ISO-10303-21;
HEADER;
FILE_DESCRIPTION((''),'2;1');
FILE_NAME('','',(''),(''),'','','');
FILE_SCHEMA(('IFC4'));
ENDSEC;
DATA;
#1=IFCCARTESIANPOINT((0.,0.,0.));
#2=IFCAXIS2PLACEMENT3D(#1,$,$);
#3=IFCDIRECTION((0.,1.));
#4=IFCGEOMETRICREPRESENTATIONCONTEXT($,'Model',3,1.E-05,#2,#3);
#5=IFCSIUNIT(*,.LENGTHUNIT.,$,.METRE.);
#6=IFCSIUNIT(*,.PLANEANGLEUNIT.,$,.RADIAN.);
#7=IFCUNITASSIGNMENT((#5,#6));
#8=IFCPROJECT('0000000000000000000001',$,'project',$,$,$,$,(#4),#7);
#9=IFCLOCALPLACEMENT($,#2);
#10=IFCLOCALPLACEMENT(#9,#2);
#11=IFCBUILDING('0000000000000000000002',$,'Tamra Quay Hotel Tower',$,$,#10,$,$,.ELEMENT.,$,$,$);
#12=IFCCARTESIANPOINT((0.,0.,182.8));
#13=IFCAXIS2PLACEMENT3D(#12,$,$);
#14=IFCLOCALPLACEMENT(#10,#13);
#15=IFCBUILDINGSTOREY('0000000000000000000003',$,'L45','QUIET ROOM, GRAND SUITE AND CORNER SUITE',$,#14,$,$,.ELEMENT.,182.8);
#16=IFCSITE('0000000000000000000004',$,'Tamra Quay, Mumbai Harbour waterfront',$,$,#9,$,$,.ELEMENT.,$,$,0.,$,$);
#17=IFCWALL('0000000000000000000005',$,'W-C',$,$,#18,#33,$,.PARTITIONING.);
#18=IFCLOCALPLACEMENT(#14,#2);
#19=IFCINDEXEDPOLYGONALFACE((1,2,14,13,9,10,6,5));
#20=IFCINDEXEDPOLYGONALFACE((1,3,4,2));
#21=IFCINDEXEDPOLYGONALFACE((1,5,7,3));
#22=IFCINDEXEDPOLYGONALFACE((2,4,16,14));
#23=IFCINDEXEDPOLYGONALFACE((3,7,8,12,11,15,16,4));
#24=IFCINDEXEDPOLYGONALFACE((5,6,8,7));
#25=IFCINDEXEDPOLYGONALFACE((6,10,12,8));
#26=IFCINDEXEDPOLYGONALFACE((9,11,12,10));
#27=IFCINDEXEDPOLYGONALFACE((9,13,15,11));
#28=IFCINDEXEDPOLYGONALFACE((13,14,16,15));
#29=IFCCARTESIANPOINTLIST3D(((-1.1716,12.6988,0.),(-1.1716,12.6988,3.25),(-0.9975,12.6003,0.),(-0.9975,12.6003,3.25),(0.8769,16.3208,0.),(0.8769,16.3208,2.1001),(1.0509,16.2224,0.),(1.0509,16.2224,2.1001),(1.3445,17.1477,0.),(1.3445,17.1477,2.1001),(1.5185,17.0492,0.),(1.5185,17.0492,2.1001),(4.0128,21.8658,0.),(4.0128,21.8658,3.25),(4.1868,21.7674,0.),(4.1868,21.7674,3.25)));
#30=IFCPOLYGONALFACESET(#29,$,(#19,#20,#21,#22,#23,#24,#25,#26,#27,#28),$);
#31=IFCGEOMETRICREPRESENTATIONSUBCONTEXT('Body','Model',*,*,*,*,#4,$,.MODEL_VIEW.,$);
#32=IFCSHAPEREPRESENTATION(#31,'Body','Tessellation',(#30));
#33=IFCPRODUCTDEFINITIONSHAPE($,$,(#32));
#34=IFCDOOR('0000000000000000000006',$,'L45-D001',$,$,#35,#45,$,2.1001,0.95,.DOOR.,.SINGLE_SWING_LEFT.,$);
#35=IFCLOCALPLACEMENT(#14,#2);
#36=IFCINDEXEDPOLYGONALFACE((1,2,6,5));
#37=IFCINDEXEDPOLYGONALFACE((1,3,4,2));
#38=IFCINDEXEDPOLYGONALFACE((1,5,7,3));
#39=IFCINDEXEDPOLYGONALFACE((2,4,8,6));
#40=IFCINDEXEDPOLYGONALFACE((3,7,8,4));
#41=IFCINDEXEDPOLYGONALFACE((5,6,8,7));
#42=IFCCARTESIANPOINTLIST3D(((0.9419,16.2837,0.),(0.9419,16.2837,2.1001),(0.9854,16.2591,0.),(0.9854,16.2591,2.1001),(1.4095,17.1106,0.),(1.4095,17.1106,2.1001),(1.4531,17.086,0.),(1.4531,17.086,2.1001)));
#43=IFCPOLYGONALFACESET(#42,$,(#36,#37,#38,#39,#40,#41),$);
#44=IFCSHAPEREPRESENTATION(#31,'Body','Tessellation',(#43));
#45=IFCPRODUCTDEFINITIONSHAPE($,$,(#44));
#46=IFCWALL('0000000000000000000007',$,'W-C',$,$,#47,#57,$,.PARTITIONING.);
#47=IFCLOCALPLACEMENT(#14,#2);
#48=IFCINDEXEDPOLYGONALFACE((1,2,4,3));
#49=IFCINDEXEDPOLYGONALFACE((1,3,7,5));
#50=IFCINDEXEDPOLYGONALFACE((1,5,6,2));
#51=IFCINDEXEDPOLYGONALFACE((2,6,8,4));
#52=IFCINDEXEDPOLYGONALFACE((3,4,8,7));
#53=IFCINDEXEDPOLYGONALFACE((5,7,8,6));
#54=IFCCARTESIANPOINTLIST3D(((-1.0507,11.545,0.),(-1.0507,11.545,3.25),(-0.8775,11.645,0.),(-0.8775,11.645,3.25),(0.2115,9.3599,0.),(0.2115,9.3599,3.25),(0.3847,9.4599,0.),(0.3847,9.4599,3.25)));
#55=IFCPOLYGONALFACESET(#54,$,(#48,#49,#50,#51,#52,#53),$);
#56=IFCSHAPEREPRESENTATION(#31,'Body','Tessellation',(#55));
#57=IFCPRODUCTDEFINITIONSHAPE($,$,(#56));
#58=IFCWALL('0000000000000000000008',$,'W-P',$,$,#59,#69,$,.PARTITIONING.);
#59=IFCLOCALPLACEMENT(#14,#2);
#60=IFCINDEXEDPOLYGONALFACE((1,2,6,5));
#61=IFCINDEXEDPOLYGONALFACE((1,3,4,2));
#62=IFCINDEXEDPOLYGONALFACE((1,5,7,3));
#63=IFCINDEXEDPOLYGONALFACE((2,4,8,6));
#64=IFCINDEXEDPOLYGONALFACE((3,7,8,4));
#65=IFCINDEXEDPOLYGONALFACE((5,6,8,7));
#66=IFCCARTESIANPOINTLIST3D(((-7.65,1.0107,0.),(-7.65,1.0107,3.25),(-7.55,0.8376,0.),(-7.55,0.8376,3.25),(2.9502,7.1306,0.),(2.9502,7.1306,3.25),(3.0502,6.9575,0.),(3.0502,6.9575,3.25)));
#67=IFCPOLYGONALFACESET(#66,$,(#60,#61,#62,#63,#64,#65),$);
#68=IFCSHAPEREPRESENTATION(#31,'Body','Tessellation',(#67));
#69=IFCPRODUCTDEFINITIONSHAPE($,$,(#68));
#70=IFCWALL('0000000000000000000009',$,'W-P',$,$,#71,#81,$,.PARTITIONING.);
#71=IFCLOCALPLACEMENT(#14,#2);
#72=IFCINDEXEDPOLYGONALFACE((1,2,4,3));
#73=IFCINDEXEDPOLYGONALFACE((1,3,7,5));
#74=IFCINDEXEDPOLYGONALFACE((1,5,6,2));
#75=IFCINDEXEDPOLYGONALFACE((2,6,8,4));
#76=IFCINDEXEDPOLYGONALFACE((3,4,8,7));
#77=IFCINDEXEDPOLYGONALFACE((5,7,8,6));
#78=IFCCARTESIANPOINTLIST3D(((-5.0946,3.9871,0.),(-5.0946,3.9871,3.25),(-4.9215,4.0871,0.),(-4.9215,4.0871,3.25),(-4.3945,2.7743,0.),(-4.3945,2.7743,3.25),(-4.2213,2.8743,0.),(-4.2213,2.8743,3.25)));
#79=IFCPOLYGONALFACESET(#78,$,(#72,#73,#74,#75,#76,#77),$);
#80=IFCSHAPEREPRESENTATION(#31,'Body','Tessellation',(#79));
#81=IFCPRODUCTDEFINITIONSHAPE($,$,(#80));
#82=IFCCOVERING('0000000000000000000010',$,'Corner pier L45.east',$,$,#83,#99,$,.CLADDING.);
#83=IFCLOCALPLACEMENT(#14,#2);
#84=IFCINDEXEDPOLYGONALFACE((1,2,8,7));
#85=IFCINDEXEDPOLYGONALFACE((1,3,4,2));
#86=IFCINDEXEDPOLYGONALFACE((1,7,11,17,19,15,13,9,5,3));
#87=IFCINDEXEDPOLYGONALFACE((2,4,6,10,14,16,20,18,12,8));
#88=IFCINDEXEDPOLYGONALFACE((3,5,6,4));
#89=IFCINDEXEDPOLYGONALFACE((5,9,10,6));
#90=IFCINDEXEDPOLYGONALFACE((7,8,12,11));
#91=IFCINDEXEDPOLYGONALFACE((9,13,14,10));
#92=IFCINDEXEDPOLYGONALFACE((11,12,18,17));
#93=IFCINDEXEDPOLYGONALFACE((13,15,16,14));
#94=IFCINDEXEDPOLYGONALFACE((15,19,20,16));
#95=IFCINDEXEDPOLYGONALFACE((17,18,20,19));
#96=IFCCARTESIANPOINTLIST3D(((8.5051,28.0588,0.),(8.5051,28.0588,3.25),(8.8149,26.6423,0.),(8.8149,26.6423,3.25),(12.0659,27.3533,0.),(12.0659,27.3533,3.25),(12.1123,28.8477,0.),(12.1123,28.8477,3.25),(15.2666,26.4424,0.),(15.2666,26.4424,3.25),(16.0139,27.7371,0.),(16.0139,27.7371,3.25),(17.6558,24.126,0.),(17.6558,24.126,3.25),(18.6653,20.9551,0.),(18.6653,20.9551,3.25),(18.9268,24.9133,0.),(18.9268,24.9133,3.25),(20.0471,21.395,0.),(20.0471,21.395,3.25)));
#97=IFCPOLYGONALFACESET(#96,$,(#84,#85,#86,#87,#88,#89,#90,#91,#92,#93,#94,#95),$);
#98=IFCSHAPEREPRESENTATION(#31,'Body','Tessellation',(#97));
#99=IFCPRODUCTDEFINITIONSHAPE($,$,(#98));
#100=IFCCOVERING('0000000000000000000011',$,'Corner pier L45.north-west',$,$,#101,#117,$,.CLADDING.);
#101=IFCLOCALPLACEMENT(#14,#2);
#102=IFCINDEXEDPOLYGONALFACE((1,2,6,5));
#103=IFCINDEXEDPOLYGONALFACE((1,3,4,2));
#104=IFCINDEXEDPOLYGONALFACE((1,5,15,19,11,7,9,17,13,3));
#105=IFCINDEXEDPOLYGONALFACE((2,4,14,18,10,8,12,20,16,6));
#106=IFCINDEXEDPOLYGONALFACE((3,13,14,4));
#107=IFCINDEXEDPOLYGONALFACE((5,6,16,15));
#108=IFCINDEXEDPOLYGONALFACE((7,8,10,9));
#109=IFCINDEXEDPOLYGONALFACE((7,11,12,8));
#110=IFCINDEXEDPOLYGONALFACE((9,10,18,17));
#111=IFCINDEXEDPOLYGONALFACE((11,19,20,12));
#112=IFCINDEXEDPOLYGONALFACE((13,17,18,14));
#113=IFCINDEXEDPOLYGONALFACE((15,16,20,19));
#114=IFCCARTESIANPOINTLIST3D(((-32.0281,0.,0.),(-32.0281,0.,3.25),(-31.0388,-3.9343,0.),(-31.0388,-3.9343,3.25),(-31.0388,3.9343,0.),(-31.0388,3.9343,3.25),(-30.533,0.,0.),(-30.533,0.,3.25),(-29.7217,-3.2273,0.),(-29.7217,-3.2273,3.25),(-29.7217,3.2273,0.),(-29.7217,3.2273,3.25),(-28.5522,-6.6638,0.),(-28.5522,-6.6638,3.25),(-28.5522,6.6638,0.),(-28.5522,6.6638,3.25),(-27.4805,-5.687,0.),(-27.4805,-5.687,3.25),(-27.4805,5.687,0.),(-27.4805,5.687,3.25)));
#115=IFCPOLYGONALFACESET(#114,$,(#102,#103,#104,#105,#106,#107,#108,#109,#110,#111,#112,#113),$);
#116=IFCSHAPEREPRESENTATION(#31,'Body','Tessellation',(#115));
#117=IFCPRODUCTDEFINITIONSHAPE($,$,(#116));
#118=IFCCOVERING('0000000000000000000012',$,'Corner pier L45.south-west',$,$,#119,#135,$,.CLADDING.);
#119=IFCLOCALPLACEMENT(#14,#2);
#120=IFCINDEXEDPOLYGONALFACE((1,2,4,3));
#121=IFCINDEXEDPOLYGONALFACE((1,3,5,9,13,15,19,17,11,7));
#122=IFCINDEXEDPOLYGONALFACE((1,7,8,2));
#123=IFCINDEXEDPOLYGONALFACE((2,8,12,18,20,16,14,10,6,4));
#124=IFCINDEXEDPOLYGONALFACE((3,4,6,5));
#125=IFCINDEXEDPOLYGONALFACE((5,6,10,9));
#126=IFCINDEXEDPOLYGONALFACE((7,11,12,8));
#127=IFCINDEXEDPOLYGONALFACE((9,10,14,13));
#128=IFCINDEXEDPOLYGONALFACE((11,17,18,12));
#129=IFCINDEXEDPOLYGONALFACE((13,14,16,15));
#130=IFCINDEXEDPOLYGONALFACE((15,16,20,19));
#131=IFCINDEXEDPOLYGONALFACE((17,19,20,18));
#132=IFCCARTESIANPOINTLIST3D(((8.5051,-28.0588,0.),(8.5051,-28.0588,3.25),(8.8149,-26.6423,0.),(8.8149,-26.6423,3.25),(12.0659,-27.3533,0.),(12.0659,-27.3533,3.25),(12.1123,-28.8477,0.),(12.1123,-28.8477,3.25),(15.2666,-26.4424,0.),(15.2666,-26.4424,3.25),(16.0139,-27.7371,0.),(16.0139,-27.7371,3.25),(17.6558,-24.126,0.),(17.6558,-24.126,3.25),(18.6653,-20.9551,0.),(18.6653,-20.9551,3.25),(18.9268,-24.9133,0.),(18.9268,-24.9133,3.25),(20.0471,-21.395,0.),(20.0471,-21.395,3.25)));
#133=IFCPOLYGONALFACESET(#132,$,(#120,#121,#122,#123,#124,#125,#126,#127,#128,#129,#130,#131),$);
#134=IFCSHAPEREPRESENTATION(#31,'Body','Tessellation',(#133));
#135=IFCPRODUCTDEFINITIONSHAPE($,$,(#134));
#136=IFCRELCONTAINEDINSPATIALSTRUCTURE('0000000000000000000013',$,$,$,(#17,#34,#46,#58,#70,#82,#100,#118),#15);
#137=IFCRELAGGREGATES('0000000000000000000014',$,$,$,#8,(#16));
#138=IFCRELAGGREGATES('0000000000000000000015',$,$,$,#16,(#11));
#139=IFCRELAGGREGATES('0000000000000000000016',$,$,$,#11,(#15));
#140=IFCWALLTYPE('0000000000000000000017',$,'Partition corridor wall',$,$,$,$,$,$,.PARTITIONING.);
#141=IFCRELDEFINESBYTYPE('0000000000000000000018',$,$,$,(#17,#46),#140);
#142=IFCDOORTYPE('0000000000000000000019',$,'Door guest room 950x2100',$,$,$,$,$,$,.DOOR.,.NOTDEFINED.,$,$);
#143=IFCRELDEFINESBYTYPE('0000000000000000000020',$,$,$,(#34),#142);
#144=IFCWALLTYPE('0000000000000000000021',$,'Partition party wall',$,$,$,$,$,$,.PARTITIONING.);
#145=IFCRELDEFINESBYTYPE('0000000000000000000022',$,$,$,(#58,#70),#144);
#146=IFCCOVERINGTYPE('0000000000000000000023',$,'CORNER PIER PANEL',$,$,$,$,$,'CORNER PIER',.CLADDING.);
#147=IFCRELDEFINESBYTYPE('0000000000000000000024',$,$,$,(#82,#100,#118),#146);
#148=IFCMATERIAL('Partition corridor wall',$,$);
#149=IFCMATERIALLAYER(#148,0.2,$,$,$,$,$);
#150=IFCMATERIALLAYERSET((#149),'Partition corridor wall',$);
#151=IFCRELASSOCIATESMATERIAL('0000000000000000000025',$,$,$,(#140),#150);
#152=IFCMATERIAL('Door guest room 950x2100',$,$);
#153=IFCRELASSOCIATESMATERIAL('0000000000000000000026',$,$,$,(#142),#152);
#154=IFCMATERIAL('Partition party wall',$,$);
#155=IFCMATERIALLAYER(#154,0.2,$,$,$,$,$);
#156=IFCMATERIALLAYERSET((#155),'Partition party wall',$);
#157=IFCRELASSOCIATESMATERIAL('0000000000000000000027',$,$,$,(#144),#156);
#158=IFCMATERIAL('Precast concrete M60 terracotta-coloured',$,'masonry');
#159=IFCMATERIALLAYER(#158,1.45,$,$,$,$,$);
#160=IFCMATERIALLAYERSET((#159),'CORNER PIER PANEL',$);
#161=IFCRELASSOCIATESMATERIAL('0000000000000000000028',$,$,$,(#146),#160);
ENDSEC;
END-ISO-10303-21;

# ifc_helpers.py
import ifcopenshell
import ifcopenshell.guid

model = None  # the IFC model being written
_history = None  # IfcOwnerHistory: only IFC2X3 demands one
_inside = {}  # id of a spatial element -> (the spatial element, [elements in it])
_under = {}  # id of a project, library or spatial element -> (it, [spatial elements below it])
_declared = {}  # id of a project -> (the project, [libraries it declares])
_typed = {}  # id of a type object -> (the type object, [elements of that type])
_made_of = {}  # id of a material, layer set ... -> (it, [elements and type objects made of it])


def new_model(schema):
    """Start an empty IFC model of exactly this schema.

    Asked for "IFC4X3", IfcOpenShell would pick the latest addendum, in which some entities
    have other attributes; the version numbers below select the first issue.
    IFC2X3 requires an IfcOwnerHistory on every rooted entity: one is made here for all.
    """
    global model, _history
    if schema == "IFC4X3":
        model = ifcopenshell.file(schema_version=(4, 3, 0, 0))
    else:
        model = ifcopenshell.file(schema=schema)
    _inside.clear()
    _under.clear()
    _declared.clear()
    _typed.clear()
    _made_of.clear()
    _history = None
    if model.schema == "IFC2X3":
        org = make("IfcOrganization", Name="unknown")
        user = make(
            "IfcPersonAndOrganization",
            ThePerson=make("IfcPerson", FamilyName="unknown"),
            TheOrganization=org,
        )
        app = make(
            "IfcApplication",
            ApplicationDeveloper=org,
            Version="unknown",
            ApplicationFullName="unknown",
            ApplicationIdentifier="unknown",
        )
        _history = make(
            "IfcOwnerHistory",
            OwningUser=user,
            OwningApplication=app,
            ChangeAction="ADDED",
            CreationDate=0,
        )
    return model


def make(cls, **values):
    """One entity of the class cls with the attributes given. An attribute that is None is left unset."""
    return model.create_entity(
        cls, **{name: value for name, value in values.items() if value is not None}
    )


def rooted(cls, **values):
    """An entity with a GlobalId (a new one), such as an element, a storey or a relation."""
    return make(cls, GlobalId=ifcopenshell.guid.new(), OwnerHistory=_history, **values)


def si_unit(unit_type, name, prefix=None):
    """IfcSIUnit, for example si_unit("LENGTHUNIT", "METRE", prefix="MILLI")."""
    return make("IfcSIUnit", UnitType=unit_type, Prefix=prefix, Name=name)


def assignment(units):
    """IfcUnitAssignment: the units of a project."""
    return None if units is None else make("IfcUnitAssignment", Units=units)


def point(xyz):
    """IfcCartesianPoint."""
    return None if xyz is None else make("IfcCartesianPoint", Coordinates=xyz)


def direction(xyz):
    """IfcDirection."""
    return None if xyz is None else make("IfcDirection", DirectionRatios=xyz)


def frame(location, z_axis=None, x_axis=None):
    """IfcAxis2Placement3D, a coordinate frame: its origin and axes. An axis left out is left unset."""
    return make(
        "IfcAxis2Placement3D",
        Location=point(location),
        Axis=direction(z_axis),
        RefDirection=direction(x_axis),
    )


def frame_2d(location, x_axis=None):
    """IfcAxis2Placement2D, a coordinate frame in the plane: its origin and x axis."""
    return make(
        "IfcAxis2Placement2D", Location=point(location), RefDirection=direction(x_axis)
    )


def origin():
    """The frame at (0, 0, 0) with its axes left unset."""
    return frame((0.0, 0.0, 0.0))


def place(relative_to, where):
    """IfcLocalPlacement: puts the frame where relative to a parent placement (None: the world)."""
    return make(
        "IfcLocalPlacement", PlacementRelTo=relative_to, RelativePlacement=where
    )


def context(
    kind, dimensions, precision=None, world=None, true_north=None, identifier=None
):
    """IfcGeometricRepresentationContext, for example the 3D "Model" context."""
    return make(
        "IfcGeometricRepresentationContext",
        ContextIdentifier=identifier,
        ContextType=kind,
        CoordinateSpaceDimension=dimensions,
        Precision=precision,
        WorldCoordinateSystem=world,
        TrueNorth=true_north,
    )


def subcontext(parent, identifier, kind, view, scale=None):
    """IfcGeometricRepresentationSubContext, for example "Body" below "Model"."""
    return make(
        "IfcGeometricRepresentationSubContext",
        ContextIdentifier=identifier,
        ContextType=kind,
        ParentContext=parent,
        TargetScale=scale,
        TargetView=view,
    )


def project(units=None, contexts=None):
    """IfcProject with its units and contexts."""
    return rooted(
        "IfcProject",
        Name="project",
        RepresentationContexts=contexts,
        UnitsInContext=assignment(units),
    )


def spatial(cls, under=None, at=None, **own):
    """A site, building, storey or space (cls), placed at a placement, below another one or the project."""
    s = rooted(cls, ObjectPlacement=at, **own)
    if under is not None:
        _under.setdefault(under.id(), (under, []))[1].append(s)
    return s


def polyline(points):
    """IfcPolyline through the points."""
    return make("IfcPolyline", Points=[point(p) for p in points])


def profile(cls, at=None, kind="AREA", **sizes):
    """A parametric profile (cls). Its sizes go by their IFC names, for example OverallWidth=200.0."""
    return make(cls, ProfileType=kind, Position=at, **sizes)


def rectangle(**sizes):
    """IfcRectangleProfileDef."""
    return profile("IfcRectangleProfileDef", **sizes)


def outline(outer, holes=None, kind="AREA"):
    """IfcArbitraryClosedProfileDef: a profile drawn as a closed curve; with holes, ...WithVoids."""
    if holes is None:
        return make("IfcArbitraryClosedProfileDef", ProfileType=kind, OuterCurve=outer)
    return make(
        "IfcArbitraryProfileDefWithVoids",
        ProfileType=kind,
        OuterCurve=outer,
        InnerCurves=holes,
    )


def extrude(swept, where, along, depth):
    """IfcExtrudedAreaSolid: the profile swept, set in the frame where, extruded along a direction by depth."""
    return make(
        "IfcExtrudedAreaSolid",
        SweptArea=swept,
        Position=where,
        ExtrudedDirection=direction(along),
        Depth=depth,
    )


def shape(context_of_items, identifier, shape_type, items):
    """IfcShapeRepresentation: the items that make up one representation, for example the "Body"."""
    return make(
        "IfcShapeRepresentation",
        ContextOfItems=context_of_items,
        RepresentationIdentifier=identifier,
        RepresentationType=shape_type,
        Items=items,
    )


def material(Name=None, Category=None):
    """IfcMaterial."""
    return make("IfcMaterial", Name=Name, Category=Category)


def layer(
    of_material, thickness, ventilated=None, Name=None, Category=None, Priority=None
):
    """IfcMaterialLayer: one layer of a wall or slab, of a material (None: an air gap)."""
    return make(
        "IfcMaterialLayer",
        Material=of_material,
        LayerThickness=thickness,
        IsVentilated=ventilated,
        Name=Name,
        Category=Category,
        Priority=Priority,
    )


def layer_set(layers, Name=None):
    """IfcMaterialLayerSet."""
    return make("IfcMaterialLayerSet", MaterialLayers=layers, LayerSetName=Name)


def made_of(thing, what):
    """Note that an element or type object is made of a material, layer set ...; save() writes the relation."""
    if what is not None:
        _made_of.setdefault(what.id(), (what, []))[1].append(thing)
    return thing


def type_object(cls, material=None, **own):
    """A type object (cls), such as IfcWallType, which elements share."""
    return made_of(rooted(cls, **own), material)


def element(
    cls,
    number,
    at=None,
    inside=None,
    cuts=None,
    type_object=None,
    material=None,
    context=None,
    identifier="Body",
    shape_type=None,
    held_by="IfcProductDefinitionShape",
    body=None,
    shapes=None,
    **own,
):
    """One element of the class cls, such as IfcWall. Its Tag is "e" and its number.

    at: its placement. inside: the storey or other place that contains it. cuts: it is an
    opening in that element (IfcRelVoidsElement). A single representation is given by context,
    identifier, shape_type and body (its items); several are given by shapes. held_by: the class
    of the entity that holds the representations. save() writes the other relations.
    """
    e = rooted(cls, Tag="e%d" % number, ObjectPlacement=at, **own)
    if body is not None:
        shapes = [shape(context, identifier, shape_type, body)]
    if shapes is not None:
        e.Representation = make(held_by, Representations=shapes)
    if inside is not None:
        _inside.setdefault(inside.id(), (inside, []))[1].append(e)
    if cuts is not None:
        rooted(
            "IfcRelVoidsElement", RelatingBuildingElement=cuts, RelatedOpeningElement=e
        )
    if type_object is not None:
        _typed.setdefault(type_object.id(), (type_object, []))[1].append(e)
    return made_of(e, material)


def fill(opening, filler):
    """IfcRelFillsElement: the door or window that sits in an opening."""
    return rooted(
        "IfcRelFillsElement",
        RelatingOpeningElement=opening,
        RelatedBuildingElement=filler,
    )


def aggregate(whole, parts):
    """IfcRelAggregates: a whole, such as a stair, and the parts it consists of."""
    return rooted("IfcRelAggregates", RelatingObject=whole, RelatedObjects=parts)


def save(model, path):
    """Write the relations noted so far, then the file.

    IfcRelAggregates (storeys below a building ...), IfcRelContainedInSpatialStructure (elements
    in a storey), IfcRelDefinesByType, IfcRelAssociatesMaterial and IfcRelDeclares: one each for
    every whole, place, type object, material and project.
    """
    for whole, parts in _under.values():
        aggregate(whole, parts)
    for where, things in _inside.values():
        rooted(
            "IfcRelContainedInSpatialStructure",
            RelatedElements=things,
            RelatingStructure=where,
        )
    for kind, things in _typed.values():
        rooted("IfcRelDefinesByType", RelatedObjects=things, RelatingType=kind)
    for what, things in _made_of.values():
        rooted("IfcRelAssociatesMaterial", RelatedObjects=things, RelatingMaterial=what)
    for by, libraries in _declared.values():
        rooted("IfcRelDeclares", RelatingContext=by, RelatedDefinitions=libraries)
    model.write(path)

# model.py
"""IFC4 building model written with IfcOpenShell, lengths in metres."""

from ifc_helpers import new_model, si_unit, direction, frame, frame_2d, origin, place, context, subcontext, project, spatial, polyline, rectangle, outline, extrude, material, layer, layer_set, type_object, element, fill, save


model = new_model("IFC4")

# Units and contexts
model_context = context("Model", 3, precision=1e-05, world=origin(), true_north=direction((0.0, 1.0)))
body_context = subcontext(model_context, "Body", "Model", "MODEL_VIEW")
ifc_project = project(units=[si_unit("LENGTHUNIT", "METRE"), si_unit("PLANEANGLEUNIT", "RADIAN")], contexts=[model_context])

# Site, building, storey
site_placement = place(None, origin())
site = spatial("IfcSite", under=ifc_project, at=site_placement, Name="Tamra Quay, Mumbai Harbour waterfront", CompositionType="ELEMENT", RefElevation=0.0)
building_placement = place(site_placement, origin())
building = spatial("IfcBuilding", under=site, at=building_placement, Name="Tamra Quay Hotel Tower", CompositionType="ELEMENT")
storey_placement = place(building_placement, frame((0.0, 0.0, 182.8)))
storey = spatial("IfcBuildingStorey", under=building, at=storey_placement, Name="L45", Description="QUIET ROOM, GRAND SUITE AND CORNER SUITE", CompositionType="ELEMENT", Elevation=182.8)

# Shared definitions
ifc_material_1 = material(Name="Partition corridor wall")
ifc_layer_1 = layer(ifc_material_1, 0.2)
ifc_layer_set_1 = layer_set([ifc_layer_1], Name="Partition corridor wall")
wall_type_1 = type_object("IfcWallType", Name="Partition corridor wall", PredefinedType="PARTITIONING", material=ifc_layer_set_1)

# Wall, opening, door
wall_1_placement = place(storey_placement, frame((-1.0845, 12.6497, 0.0), z_axis=(0.0, 0.0, 1.0), x_axis=(0.492272, 0.870441, 0.0)))
wall_1 = element("IfcWall", 1, at=wall_1_placement, inside=storey, type_object=wall_type_1, Name="W-C", PredefinedType="PARTITIONING", context=body_context, shape_type="SweptSolid", body=[
    extrude(rectangle(XDim=10.5315, YDim=0.2, at=frame_2d((5.2656, 0.0))), origin(), (0.0, 0.0, 1.0), 3.25),
])
opening_1_placement = place(wall_1_placement, frame((4.1609, 0.0, 0.0)))
opening_1 = element("IfcOpeningElement", 2, at=opening_1_placement, cuts=wall_1, PredefinedType="OPENING", context=body_context, shape_type="SweptSolid", body=[
    extrude(rectangle(XDim=0.95, YDim=2.1001, at=frame_2d((0.4751, 1.05))), frame((0.0, 0.1099, 0.0), z_axis=(0.0, -1.0, 0.0), x_axis=(1.0, 0.0, 0.0)), (0.0, 0.0, 1.0), 0.22),
])
ifc_material_2 = material(Name="Door guest room 950x2100")
door_type_1 = type_object("IfcDoorType", Name="Door guest room 950x2100", OperationType="NOTDEFINED", PredefinedType="DOOR", material=ifc_material_2)
door_1_placement = place(opening_1_placement, frame((0.95, 0.0, 0.0), z_axis=(0.0, 0.0, 1.0), x_axis=(-1.0, 0.0, 0.0)))
door_1 = element("IfcDoor", 3, at=door_1_placement, inside=storey, type_object=door_type_1, Name="L45-D001", OperationType="SINGLE_SWING_LEFT", OverallHeight=2.1001, OverallWidth=0.95, PredefinedType="DOOR", context=body_context, shape_type="SweptSolid", body=[
    extrude(rectangle(XDim=0.95, YDim=2.1001, at=frame_2d((0.4751, 1.05))), frame((0.0, 0.0249, 0.0), z_axis=(0.0, -1.0, 0.0), x_axis=(1.0, 0.0, 0.0)), (0.0, 0.0, 1.0), 0.05),
])
fill(opening_1, door_1)

# Walls
wall_2_placement = place(storey_placement, frame((-0.9641, 11.595, 0.0), z_axis=(0.0, 0.0, 1.0), x_axis=(0.500197, -0.865912, 0.0)))
element("IfcWall", 4, at=wall_2_placement, inside=storey, type_object=wall_type_1, Name="W-C", PredefinedType="PARTITIONING", context=body_context, shape_type="SweptSolid", body=[
    extrude(rectangle(XDim=2.5234, YDim=0.2, at=frame_2d((1.2617, 0.0))), origin(), (0.0, 0.0, 1.0), 3.25),
])
ifc_material_3 = material(Name="Partition party wall")
ifc_layer_2 = layer(ifc_material_3, 0.2)
ifc_layer_set_2 = layer_set([ifc_layer_2], Name="Partition party wall")
wall_type_2 = type_object("IfcWallType", Name="Partition party wall", PredefinedType="PARTITIONING", material=ifc_layer_set_2)
wall_3_placement = place(storey_placement, frame((-7.6001, 0.9241, 0.0), z_axis=(0.0, 0.0, 1.0), x_axis=(0.866029, 0.499994, 0.0)))
element("IfcWall", 5, at=wall_3_placement, inside=storey, type_object=wall_type_2, Name="W-P", PredefinedType="PARTITIONING", context=body_context, shape_type="SweptSolid", body=[
    extrude(rectangle(XDim=12.24, YDim=0.2, at=frame_2d((6.1201, 0.0))), origin(), (0.0, 0.0, 1.0), 3.25),
])
wall_4_placement = place(storey_placement, frame((-5.0081, 4.0371, 0.0), z_axis=(0.0, 0.0, 1.0), x_axis=(0.499964, -0.866046, 0.0)))
element("IfcWall", 6, at=wall_4_placement, inside=storey, type_object=wall_type_2, Name="W-P", PredefinedType="PARTITIONING", context=body_context, shape_type="SweptSolid", body=[
    extrude(rectangle(XDim=1.4004, YDim=0.2, at=frame_2d((0.7002, 0.0))), origin(), (0.0, 0.0, 1.0), 3.25),
])

# Coverings
ifc_material_4 = material(Name="Precast concrete M60 terracotta-coloured", Category="masonry")
ifc_layer_3 = layer(ifc_material_4, 1.45)
ifc_layer_set_3 = layer_set([ifc_layer_3], Name="CORNER PIER PANEL")
covering_type = type_object("IfcCoveringType", Name="CORNER PIER PANEL", ElementType="CORNER PIER", PredefinedType="CLADDING", material=ifc_layer_set_3)
covering_1_placement = place(storey_placement, origin())
element("IfcCovering", 7, at=covering_1_placement, inside=storey, type_object=covering_type, Name="Corner pier L45.east", PredefinedType="CLADDING", context=body_context, shape_type="SweptSolid", body=[
    extrude(outline(polyline([(18.6653, 20.9551), (20.0471, 21.395), (18.9268, 24.9133), (16.0139, 27.7371), (12.1123, 28.8477), (8.5051, 28.0588), (8.8149, 26.6423), (12.0659, 27.3533), (15.2666, 26.4424), (17.6558, 24.126), (18.6653, 20.9551)])), origin(), (0.0, 0.0, 1.0), 3.25),
])
covering_2_placement = place(storey_placement, origin())
element("IfcCovering", 8, at=covering_2_placement, inside=storey, type_object=covering_type, Name="Corner pier L45.north-west", PredefinedType="CLADDING", context=body_context, shape_type="SweptSolid", body=[
    extrude(outline(polyline([(-27.4805, 5.687), (-28.5522, 6.6638), (-31.0388, 3.9343), (-32.0281, 0.0), (-31.0388, -3.9343), (-28.5522, -6.6638), (-27.4805, -5.687), (-29.7217, -3.2273), (-30.533, 0.0), (-29.7217, 3.2273), (-27.4805, 5.687)])), origin(), (0.0, 0.0, 1.0), 3.25),
])
covering_3_placement = place(storey_placement, origin())
element("IfcCovering", 9, at=covering_3_placement, inside=storey, type_object=covering_type, Name="Corner pier L45.south-west", PredefinedType="CLADDING", context=body_context, shape_type="SweptSolid", body=[
    extrude(outline(polyline([(8.8149, -26.6423), (8.5051, -28.0588), (12.1123, -28.8477), (16.0139, -27.7371), (18.9268, -24.9133), (20.0471, -21.395), (18.6653, -20.9551), (17.6558, -24.126), (15.2666, -26.4424), (12.0659, -27.3533), (8.8149, -26.6423)])), origin(), (0.0, 0.0, 1.0), 3.25),
])

save(model, "model.ifc")
